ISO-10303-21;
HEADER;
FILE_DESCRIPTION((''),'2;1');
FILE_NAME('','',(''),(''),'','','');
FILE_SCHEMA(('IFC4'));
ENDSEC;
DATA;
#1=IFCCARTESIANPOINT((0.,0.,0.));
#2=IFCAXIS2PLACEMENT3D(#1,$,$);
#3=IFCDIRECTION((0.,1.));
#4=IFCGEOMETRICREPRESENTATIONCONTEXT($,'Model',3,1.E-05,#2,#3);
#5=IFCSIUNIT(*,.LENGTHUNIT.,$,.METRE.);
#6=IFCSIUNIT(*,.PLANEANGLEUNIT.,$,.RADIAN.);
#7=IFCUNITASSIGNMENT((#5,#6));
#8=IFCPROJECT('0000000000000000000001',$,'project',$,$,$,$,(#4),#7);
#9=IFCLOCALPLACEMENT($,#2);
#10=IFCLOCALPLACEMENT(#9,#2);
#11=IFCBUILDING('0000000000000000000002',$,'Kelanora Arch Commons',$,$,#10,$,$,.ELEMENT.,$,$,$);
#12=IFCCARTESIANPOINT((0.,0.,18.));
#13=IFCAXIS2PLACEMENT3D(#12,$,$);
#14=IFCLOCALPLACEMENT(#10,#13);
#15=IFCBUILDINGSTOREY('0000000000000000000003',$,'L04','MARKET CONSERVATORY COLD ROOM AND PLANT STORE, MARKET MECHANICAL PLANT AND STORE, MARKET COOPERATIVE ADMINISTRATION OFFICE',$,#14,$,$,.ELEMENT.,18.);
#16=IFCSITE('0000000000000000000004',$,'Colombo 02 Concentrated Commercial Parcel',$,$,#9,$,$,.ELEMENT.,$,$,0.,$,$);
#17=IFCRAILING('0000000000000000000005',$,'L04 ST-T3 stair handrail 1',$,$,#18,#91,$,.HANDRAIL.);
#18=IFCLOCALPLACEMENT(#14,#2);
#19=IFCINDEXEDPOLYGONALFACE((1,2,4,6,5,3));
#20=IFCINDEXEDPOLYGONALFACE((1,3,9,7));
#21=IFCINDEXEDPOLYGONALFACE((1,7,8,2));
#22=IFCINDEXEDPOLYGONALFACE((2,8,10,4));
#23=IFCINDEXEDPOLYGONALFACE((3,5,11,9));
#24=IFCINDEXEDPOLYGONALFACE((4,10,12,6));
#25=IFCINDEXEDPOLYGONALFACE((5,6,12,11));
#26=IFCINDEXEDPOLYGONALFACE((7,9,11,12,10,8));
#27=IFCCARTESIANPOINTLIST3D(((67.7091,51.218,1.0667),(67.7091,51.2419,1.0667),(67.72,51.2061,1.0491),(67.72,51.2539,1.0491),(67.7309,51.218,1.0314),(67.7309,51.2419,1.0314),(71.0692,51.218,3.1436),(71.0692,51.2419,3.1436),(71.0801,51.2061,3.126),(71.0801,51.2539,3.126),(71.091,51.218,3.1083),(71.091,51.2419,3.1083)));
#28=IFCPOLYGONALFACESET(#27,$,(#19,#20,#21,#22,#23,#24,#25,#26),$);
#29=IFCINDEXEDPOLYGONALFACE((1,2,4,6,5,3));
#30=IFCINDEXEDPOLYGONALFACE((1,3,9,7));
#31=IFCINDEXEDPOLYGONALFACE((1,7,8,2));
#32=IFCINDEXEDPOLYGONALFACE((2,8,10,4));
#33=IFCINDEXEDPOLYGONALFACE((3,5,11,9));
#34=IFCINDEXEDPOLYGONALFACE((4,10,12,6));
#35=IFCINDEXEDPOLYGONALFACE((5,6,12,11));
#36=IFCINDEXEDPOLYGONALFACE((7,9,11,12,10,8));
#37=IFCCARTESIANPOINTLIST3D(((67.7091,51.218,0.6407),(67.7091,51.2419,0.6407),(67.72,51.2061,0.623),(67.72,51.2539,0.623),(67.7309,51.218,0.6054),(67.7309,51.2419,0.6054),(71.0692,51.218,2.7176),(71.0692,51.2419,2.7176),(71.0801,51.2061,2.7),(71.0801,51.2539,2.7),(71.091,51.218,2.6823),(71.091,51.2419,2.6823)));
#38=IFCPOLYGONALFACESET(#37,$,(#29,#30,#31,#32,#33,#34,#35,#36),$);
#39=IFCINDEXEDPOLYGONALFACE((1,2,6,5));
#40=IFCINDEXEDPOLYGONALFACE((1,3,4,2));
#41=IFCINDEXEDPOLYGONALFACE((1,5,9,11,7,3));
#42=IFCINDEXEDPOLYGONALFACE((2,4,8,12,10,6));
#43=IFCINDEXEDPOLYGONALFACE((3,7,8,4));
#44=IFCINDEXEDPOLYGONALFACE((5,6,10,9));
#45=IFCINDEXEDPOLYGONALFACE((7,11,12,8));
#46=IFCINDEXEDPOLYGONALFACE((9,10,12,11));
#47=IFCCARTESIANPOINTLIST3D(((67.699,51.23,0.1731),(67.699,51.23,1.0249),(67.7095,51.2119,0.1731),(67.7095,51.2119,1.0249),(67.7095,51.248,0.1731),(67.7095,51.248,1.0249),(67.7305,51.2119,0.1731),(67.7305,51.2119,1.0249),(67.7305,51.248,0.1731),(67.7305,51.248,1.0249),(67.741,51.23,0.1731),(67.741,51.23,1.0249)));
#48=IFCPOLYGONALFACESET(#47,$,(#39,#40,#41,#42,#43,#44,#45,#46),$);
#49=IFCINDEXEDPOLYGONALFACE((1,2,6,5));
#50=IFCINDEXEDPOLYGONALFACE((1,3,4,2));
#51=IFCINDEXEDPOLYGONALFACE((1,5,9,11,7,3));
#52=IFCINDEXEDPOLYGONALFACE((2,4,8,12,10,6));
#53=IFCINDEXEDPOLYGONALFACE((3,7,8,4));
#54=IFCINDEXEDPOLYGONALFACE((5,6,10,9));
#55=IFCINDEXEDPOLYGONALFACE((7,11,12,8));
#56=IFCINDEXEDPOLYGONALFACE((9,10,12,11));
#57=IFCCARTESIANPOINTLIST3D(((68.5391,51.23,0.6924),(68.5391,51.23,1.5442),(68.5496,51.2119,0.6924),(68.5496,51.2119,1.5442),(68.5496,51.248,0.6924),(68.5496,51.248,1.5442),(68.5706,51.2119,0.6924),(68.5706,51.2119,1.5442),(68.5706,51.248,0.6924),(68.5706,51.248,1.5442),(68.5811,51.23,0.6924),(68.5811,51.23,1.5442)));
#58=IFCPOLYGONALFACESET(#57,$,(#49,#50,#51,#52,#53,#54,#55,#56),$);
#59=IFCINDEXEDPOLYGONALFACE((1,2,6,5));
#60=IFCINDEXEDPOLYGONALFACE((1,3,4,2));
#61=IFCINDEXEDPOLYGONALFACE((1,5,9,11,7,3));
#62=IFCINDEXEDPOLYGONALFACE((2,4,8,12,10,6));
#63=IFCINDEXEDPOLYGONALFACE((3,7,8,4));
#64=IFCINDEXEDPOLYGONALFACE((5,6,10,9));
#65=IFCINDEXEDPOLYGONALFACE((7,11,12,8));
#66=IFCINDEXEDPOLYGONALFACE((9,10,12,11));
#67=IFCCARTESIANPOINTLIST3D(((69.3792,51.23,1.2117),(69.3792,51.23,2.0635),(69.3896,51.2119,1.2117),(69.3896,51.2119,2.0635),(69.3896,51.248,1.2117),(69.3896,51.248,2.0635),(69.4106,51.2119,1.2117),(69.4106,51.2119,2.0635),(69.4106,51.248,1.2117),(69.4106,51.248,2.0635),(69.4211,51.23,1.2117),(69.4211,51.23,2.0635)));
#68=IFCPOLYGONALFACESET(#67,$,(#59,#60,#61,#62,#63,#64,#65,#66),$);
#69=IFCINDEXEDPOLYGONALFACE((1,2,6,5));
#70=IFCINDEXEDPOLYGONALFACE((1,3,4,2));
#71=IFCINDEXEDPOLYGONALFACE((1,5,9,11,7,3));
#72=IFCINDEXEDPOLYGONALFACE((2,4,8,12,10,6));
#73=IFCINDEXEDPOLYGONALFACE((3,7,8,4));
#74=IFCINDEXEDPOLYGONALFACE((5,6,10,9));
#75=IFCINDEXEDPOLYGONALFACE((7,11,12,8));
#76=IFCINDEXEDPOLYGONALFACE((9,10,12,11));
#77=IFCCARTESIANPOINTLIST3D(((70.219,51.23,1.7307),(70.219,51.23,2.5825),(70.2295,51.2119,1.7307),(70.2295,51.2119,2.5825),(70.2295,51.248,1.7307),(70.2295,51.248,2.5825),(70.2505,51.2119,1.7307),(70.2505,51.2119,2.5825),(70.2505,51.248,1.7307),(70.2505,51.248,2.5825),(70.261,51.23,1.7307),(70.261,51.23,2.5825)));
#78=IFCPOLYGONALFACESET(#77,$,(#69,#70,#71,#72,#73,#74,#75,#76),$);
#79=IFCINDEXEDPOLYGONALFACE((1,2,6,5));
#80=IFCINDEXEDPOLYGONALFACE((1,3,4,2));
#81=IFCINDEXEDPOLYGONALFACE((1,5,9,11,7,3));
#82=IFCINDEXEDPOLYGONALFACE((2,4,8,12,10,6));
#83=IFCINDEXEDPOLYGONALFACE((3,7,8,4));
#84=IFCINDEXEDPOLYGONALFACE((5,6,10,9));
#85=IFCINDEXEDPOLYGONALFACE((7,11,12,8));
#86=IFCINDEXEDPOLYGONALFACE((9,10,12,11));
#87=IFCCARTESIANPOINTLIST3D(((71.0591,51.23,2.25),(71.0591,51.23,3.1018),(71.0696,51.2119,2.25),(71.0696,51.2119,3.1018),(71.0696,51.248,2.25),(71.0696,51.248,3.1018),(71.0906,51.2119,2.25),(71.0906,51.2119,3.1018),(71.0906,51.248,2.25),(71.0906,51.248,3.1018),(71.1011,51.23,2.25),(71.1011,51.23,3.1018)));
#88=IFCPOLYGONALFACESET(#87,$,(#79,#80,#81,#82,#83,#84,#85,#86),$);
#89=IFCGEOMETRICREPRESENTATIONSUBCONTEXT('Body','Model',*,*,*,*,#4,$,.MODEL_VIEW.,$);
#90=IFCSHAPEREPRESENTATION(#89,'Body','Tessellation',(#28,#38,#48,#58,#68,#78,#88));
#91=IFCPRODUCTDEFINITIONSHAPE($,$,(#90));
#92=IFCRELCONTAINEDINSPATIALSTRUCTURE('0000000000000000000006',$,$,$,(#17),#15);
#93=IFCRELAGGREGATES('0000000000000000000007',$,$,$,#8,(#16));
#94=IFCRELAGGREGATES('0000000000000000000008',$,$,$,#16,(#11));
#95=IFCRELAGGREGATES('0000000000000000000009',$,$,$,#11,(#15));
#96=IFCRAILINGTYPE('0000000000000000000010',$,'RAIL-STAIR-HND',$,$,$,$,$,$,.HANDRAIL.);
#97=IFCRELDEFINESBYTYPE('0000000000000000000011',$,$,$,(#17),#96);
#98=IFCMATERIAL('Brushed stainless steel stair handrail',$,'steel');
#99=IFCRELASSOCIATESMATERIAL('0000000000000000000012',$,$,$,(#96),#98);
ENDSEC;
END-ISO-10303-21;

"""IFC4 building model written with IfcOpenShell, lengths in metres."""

from ifc_helpers import new_model, si_unit, direction, frame, origin, place, context, subcontext, project, spatial, polyline, outline, extrude, material, type_object, element, save


model = new_model("IFC4")

# Units and contexts
model_context = context("Model", 3, precision=1e-05, world=origin(), true_north=direction((0.0, 1.0)))
body_context = subcontext(model_context, "Body", "Model", "MODEL_VIEW")
ifc_project = project(units=[si_unit("LENGTHUNIT", "METRE"), si_unit("PLANEANGLEUNIT", "RADIAN")], contexts=[model_context])

# Site, building, storey
site_placement = place(None, origin())
site = spatial("IfcSite", under=ifc_project, at=site_placement, Name="Colombo 02 Concentrated Commercial Parcel", CompositionType="ELEMENT", RefElevation=0.0)
building_placement = place(site_placement, origin())
building = spatial("IfcBuilding", under=site, at=building_placement, Name="Kelanora Arch Commons", CompositionType="ELEMENT")
storey_placement = place(building_placement, frame((0.0, 0.0, 18.0)))
storey = spatial("IfcBuildingStorey", under=building, at=storey_placement, Name="L04", Description="MARKET CONSERVATORY COLD ROOM AND PLANT STORE, MARKET MECHANICAL PLANT AND STORE, MARKET COOPERATIVE ADMINISTRATION OFFICE", CompositionType="ELEMENT", Elevation=18.0)

# Railing
ifc_material_1 = material(Name="Brushed stainless steel stair handrail", Category="steel")
railing_type_1 = type_object("IfcRailingType", Name="RAIL-STAIR-HND", PredefinedType="HANDRAIL", material=ifc_material_1)
railing_1_placement = place(storey_placement, frame((67.72, 51.23, 0.1731)))
element("IfcRailing", 1, at=railing_1_placement, inside=storey, type_object=railing_type_1, Name="L04 ST-T3 stair handrail 1", PredefinedType="HANDRAIL", context=body_context, shape_type="SweptSolid", body=[
    extrude(outline(polyline([(0.0239, 0.0), (0.012, 0.0208), (-0.012, 0.0208), (-0.0239, 0.0), (-0.012, -0.0208), (0.012, -0.0208), (0.0239, 0.0)])), frame((0.0, 0.0, 0.876), z_axis=(0.850623, 0.0, 0.525776), x_axis=(0.0, 1.0, 0.0)), (0.0, 0.0, 1.0), 3.9502),
    extrude(outline(polyline([(0.0239, 0.0), (0.012, 0.0208), (-0.012, 0.0208), (-0.0239, 0.0), (-0.012, -0.0208), (0.012, -0.0208), (0.0239, 0.0)])), frame((0.0, 0.0, 0.45), z_axis=(0.850623, 0.0, 0.525776), x_axis=(0.0, 1.0, 0.0)), (0.0, 0.0, 1.0), 3.9502),
    extrude(outline(polyline([(0.021, 0.0), (0.0105, 0.0181), (-0.0105, 0.0181), (-0.021, 0.0), (-0.0105, -0.0181), (0.0105, -0.0181), (0.021, 0.0)])), origin(), (0.0, 0.0, 1.0), 0.8518),
    extrude(outline(polyline([(0.021, 0.0), (0.0105, 0.0181), (-0.0105, 0.0181), (-0.021, 0.0), (-0.0105, -0.0181), (0.0105, -0.0181), (0.021, 0.0)])), frame((0.8401, 0.0, 0.5193)), (0.0, 0.0, 1.0), 0.8518),
    extrude(outline(polyline([(0.021, 0.0), (0.0105, 0.0181), (-0.0105, 0.0181), (-0.021, 0.0), (-0.0105, -0.0181), (0.0105, -0.0181), (0.021, 0.0)])), frame((1.6802, 0.0, 1.0386)), (0.0, 0.0, 1.0), 0.8518),
    extrude(outline(polyline([(0.021, 0.0), (0.0105, 0.0181), (-0.0105, 0.0181), (-0.021, 0.0), (-0.0105, -0.0181), (0.0105, -0.0181), (0.021, 0.0)])), frame((2.52, 0.0, 1.5576)), (0.0, 0.0, 1.0), 0.8518),
    extrude(outline(polyline([(0.021, 0.0), (0.0105, 0.0181), (-0.0105, 0.0181), (-0.021, 0.0), (-0.0105, -0.0181), (0.0105, -0.0181), (0.021, 0.0)])), frame((3.3601, 0.0, 2.0769)), (0.0, 0.0, 1.0), 0.8518),
])

save(model, "model.ifc")
